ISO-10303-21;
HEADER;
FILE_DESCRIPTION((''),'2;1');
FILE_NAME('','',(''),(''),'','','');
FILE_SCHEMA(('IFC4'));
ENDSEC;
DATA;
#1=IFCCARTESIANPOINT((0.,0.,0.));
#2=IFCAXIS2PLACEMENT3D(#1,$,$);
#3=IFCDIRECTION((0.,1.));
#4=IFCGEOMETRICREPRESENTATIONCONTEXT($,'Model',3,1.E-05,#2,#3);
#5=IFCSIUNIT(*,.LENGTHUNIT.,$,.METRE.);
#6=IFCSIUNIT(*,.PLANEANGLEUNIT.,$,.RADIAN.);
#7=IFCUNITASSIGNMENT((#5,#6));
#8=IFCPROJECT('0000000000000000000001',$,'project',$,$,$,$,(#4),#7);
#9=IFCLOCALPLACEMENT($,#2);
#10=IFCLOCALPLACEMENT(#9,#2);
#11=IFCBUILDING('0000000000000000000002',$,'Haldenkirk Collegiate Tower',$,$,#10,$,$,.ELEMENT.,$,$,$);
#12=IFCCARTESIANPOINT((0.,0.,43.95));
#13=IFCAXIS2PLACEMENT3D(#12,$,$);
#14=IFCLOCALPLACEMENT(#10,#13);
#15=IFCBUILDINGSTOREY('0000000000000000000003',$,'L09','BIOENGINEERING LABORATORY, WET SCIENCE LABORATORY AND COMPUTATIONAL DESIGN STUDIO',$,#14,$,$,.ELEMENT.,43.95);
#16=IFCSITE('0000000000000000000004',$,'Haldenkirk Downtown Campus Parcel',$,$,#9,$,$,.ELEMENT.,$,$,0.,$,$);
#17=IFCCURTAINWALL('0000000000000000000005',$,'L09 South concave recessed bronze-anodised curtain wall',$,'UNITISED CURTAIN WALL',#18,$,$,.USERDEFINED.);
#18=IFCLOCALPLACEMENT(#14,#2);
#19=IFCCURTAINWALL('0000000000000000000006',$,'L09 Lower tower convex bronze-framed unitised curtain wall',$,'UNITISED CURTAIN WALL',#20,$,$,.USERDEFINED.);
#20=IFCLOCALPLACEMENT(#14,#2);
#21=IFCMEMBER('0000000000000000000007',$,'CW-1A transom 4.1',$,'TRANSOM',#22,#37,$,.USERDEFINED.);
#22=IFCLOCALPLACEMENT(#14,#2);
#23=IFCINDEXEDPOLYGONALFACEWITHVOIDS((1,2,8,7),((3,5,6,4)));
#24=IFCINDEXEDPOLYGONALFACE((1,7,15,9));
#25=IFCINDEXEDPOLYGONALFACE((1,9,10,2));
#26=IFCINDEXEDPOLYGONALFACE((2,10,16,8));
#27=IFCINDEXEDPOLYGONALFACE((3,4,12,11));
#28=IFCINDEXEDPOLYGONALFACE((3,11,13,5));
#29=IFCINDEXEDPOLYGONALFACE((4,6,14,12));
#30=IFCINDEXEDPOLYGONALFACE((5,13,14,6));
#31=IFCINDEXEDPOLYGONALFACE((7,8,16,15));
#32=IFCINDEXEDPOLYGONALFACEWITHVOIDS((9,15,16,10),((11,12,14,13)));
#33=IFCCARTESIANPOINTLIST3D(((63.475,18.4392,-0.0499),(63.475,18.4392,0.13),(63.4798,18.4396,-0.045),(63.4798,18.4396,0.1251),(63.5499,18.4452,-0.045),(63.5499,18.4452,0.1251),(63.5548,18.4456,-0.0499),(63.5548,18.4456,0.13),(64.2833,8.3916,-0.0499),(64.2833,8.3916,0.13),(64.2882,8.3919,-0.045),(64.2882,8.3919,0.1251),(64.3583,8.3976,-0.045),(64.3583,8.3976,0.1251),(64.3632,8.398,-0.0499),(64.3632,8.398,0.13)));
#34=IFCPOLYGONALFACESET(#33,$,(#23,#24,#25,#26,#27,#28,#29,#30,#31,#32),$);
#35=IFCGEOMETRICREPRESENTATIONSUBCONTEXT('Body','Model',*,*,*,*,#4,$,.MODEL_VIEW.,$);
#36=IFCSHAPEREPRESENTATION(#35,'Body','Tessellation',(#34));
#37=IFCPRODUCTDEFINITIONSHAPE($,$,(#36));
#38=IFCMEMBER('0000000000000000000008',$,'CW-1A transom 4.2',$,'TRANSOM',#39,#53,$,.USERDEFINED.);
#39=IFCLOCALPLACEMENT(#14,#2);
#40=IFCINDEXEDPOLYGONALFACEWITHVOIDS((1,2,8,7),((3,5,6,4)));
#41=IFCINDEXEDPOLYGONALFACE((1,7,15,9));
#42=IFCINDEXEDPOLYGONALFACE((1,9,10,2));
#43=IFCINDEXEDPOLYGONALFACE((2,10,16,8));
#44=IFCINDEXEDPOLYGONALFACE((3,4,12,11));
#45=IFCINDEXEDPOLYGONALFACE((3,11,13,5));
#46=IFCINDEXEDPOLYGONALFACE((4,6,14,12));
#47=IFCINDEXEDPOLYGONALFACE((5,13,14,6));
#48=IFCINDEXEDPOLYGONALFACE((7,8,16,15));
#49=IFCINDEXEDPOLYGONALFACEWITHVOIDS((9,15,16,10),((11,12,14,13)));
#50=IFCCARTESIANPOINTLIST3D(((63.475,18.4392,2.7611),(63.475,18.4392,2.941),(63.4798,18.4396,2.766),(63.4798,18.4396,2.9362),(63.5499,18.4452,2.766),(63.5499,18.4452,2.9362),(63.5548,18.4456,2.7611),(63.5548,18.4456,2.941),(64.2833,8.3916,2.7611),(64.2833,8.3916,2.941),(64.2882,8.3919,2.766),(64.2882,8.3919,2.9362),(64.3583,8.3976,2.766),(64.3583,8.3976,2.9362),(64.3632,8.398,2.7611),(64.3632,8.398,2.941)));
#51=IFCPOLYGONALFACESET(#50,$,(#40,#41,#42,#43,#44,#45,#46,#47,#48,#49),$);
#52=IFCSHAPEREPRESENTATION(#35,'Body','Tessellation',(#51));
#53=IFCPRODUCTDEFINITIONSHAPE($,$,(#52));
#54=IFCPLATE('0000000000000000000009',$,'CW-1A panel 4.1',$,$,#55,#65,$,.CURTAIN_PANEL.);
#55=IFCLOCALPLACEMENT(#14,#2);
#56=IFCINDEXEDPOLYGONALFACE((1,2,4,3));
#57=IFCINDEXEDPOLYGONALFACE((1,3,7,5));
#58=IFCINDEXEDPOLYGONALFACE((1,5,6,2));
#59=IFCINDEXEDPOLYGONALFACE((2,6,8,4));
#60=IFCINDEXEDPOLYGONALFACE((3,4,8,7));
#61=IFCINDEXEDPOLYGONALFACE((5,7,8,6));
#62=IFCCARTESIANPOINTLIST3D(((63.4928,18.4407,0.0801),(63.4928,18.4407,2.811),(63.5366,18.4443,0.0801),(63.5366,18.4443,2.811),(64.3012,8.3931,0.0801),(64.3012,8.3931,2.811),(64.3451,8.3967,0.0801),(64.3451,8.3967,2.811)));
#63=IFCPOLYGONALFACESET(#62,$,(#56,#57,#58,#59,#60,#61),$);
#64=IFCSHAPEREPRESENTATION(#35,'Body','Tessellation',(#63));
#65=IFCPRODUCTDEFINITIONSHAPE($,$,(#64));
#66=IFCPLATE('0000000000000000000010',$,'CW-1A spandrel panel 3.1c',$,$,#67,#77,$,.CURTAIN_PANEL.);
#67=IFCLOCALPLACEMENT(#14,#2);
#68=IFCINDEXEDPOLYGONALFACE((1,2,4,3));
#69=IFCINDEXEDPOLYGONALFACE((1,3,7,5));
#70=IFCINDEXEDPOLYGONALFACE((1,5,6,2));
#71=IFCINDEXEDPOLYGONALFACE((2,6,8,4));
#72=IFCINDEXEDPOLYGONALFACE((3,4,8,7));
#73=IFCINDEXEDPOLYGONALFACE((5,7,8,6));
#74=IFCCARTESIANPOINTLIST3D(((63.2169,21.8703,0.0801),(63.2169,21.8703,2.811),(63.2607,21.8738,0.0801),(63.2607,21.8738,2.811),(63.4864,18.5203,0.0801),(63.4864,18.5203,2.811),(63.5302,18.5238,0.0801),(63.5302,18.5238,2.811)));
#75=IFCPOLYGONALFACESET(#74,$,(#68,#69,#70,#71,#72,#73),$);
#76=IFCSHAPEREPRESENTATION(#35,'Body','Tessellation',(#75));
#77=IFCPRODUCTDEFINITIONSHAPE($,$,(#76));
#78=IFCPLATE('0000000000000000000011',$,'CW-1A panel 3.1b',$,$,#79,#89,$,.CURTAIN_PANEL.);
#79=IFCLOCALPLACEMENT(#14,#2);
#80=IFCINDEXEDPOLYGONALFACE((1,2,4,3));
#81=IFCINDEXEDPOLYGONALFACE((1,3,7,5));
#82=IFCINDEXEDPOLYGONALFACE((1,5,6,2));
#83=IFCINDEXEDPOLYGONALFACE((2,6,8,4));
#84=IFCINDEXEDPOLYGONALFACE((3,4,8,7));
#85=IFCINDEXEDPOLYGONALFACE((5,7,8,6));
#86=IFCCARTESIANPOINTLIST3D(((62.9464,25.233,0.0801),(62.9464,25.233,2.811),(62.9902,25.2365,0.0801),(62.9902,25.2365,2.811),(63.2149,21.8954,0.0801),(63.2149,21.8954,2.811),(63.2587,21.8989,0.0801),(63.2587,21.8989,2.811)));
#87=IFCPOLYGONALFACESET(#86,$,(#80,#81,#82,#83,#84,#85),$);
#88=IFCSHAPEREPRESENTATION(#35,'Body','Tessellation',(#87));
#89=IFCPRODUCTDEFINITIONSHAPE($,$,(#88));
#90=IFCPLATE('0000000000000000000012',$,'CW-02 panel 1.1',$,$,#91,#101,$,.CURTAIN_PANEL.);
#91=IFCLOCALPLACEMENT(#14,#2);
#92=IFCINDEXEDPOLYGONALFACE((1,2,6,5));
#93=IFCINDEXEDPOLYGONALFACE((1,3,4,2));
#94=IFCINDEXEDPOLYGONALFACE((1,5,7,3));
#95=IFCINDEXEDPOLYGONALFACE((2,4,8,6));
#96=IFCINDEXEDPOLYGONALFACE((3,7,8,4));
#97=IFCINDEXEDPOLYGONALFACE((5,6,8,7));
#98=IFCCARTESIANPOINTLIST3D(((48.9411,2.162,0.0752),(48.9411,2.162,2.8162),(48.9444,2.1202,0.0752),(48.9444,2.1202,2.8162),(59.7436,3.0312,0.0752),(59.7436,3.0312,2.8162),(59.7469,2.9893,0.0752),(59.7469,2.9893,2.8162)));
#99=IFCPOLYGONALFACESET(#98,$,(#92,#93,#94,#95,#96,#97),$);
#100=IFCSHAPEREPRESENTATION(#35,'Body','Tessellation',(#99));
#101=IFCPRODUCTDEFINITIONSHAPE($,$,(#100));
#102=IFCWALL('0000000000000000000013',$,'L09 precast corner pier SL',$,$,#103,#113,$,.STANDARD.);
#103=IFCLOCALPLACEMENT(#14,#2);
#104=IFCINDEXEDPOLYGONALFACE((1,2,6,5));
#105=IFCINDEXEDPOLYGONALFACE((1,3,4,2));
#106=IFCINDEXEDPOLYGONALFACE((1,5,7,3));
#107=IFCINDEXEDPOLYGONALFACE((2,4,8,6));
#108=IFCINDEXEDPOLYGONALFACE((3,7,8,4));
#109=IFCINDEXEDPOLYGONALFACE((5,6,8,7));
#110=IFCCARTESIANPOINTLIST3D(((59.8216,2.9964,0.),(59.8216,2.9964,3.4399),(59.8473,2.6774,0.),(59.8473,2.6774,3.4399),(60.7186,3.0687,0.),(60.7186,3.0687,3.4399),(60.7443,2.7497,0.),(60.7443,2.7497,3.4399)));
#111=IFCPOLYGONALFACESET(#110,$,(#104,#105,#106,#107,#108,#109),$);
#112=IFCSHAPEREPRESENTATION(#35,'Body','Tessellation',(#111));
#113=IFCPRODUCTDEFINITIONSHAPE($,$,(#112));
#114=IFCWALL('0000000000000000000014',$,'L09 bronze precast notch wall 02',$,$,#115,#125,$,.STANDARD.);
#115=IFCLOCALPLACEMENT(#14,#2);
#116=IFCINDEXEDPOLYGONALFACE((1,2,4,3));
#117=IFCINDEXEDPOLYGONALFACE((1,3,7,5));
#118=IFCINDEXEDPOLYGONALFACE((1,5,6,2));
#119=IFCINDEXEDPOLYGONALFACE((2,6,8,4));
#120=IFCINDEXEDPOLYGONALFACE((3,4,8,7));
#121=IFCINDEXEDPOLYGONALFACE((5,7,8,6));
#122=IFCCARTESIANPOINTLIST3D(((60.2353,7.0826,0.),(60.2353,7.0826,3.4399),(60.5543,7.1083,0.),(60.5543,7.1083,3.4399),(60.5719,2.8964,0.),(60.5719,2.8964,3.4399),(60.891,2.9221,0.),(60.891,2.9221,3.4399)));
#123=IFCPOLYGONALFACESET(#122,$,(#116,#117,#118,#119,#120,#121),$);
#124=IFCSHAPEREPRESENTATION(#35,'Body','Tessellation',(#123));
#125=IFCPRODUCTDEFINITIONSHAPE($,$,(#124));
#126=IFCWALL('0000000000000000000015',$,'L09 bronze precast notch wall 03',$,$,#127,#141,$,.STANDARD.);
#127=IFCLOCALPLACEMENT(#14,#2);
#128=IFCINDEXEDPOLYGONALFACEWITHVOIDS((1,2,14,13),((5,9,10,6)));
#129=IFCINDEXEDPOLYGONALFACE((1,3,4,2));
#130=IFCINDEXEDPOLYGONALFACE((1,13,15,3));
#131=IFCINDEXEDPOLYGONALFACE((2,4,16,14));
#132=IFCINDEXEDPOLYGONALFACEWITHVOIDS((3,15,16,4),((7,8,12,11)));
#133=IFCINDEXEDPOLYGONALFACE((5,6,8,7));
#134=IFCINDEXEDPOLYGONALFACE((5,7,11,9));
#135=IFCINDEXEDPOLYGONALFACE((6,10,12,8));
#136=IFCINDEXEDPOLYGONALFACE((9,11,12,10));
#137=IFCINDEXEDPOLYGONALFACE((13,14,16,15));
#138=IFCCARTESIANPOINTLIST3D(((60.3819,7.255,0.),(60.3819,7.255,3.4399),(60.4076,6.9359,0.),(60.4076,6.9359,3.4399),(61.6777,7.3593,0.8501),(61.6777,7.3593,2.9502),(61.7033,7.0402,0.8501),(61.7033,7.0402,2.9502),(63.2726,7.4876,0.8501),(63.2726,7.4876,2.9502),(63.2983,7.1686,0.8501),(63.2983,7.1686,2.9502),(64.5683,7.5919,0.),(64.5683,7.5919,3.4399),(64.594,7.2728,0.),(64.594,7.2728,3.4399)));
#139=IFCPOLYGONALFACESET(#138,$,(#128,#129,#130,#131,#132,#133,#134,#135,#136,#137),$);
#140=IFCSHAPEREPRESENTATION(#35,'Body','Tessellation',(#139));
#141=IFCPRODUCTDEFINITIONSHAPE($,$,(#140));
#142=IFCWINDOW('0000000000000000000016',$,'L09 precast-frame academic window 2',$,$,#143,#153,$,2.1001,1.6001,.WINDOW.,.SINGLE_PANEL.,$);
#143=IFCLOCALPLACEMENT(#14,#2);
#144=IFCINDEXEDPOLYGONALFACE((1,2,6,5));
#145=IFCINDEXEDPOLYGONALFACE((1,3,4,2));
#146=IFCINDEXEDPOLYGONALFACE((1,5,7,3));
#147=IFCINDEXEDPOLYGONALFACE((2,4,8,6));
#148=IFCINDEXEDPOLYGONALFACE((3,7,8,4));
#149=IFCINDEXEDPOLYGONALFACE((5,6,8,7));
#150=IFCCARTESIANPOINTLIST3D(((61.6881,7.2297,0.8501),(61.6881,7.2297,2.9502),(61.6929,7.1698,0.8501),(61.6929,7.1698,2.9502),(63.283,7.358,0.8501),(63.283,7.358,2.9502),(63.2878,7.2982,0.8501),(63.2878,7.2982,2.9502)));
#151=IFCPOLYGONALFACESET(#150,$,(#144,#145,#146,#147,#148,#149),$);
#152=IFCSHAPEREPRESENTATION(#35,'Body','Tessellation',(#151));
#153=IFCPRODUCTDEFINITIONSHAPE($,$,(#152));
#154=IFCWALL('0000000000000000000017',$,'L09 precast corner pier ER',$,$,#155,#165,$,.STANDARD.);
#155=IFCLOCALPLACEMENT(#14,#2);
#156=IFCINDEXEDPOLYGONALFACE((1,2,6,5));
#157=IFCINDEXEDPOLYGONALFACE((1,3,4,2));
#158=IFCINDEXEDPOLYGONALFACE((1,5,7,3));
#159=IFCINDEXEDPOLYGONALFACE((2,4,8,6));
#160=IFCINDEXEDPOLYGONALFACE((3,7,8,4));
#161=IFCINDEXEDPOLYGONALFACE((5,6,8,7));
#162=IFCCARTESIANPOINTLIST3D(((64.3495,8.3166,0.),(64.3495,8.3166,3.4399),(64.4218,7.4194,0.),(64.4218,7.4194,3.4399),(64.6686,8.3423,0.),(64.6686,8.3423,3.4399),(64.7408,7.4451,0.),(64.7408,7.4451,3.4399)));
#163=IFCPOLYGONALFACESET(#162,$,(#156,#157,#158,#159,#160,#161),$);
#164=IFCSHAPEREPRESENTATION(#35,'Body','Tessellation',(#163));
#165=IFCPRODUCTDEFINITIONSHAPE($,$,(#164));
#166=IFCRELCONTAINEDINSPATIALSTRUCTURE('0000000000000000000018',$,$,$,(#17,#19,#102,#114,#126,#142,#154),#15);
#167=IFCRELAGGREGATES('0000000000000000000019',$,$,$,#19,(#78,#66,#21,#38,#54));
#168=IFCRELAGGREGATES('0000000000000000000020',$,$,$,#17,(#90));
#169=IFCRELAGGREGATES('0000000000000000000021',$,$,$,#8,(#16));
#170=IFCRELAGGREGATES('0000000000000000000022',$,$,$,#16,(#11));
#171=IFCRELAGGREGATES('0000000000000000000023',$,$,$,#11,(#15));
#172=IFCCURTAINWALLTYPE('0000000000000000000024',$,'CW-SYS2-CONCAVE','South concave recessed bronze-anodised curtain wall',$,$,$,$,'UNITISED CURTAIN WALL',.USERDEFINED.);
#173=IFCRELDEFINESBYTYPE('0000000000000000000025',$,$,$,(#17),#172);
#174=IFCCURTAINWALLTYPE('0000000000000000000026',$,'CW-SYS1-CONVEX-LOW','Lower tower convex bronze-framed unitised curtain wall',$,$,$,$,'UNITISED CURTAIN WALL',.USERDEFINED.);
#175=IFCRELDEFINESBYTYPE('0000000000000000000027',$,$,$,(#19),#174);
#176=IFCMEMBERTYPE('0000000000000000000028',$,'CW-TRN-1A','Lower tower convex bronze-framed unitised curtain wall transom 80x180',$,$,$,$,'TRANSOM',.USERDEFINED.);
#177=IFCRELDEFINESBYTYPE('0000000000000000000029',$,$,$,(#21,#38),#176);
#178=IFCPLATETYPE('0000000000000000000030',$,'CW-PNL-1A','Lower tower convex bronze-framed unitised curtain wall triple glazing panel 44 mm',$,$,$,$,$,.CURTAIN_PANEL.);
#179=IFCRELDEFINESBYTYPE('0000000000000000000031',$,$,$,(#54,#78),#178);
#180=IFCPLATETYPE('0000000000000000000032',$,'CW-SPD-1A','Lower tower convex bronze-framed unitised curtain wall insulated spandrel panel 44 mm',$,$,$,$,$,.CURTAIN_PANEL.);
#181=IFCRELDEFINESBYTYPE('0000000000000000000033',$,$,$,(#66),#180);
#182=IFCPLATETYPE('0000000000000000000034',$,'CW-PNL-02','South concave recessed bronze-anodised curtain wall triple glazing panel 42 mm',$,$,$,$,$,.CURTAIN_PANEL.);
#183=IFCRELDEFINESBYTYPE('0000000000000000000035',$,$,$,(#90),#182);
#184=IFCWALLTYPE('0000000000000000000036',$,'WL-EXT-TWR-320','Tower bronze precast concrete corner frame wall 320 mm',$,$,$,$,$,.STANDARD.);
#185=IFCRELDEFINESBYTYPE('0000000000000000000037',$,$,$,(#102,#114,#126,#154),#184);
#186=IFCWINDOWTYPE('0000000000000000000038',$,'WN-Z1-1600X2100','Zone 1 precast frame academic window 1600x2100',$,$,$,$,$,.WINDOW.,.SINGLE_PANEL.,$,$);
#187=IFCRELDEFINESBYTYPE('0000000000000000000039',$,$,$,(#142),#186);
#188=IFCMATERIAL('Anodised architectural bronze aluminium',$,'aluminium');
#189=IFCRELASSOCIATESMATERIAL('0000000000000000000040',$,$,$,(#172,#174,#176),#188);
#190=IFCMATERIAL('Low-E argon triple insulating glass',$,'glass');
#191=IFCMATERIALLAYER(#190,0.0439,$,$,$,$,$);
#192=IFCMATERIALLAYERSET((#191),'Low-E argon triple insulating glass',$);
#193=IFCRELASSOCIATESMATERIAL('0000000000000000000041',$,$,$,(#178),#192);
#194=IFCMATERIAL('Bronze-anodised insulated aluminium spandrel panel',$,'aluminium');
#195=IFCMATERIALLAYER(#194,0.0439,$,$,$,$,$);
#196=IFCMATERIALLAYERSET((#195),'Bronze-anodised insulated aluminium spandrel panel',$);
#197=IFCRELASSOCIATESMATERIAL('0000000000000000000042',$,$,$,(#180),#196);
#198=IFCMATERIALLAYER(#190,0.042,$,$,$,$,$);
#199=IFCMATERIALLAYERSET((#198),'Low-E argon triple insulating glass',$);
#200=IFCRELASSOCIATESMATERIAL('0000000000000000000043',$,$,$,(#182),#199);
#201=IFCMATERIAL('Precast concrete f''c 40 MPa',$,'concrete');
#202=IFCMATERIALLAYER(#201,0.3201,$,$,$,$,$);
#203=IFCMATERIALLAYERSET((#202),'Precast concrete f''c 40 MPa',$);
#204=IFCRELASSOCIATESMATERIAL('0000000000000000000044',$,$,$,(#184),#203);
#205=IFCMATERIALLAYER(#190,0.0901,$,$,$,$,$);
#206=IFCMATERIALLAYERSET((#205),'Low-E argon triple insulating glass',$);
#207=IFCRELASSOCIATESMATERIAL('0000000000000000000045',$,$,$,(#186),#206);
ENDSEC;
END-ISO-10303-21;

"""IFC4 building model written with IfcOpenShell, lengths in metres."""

from ifc_helpers import new_model, si_unit, direction, frame, frame_2d, origin, origin_2d, place, context, subcontext, project, spatial, rectangle, hollow_rectangle, extrude, source, transform, mapped, material, layer, layer_set, material_profile, profile_set, type_object, element, fill, aggregate, save


model = new_model("IFC4")

# Units and contexts
model_context = context("Model", 3, precision=1e-05, world=origin(), true_north=direction((0.0, 1.0)))
body_context = subcontext(model_context, "Body", "Model", "MODEL_VIEW")
ifc_project = project(units=[si_unit("LENGTHUNIT", "METRE"), si_unit("PLANEANGLEUNIT", "RADIAN")], contexts=[model_context])

# Site, building, storey
site_placement = place(None, origin())
site = spatial("IfcSite", under=ifc_project, at=site_placement, Name="Haldenkirk Downtown Campus Parcel", CompositionType="ELEMENT", RefElevation=0.0)
building_placement = place(site_placement, origin())
building = spatial("IfcBuilding", under=site, at=building_placement, Name="Haldenkirk Collegiate Tower", CompositionType="ELEMENT")
storey_placement = place(building_placement, frame((0.0, 0.0, 43.95)))
storey = spatial("IfcBuildingStorey", under=building, at=storey_placement, Name="L09", Description="BIOENGINEERING LABORATORY, WET SCIENCE LABORATORY AND COMPUTATIONAL DESIGN STUDIO", CompositionType="ELEMENT", Elevation=43.95)

# Curtain walls
ifc_material_1 = material(Name="Anodised architectural bronze aluminium", Category="aluminium")
curtain_wall_type_1 = type_object("IfcCurtainWallType", Name="CW-SYS2-CONCAVE", Description="South concave recessed bronze-anodised curtain wall", ElementType="UNITISED CURTAIN WALL", PredefinedType="USERDEFINED", material=ifc_material_1)
curtain_wall_1_placement = place(storey_placement, origin())
curtain_wall_1 = element("IfcCurtainWall", 1, at=curtain_wall_1_placement, inside=storey, type_object=curtain_wall_type_1, Name="L09 South concave recessed bronze-anodised curtain wall", ObjectType="UNITISED CURTAIN WALL", PredefinedType="USERDEFINED")
curtain_wall_type_2 = type_object("IfcCurtainWallType", Name="CW-SYS1-CONVEX-LOW", Description="Lower tower convex bronze-framed unitised curtain wall", ElementType="UNITISED CURTAIN WALL", PredefinedType="USERDEFINED", material=ifc_material_1)
curtain_wall_2_placement = place(storey_placement, origin())
curtain_wall_2 = element("IfcCurtainWall", 2, at=curtain_wall_2_placement, inside=storey, type_object=curtain_wall_type_2, Name="L09 Lower tower convex bronze-framed unitised curtain wall", ObjectType="UNITISED CURTAIN WALL", PredefinedType="USERDEFINED")

# Members
ifc_material_profile_1 = material_profile(ifc_material_1, hollow_rectangle(XDim=0.0801, YDim=0.1799, WallThickness=0.0049, at=origin_2d()), Name="CW-TRN-1A")
ifc_profile_set_1 = profile_set([ifc_material_profile_1], Name="Anodised architectural bronze aluminium")
member_type_1 = type_object("IfcMemberType", Name="CW-TRN-1A", Description="Lower tower convex bronze-framed unitised curtain wall transom 80x180", ElementType="TRANSOM", PredefinedType="USERDEFINED", material=ifc_profile_set_1)
member_1_placement = place(storey_placement, frame((63.5149, 18.4424, 0.04), z_axis=(0.080193, -0.996779, 0.0), x_axis=(0.996779, 0.080193, 0.0)))
member_1 = element("IfcMember", 3, at=member_1_placement, type_object=member_type_1, Name="CW-1A transom 4.1", ObjectType="TRANSOM", PredefinedType="USERDEFINED", context=body_context, shape_type="SweptSolid", body=[
    extrude(hollow_rectangle(XDim=0.0801, YDim=0.1799, WallThickness=0.0049, at=origin_2d()), origin(), (0.0, 0.0, 1.0), 10.0801),
])
member_2_placement = place(storey_placement, frame((63.5149, 18.4424, 2.8511), z_axis=(0.080193, -0.996779, 0.0), x_axis=(0.996779, 0.080193, 0.0)))
member_2 = element("IfcMember", 4, at=member_2_placement, type_object=member_type_1, Name="CW-1A transom 4.2", ObjectType="TRANSOM", PredefinedType="USERDEFINED", context=body_context, shape_type="SweptSolid", body=[
    extrude(hollow_rectangle(XDim=0.0801, YDim=0.1799, WallThickness=0.0049, at=origin_2d()), origin(), (0.0, 0.0, 1.0), 10.0801),
])

# Plates
ifc_material_2 = material(Name="Low-E argon triple insulating glass", Category="glass")
ifc_layer_1 = layer(ifc_material_2, 0.0439)
ifc_layer_set_1 = layer_set([ifc_layer_1], Name="Low-E argon triple insulating glass")
plate_type_1 = type_object("IfcPlateType", Name="CW-PNL-1A", Description="Lower tower convex bronze-framed unitised curtain wall triple glazing panel 44 mm", PredefinedType="CURTAIN_PANEL", material=ifc_layer_set_1)
shared_shape_1 = source(origin(), body_context, "Body", "SweptSolid", [
    extrude(rectangle(XDim=10.0801, YDim=0.0439, at=origin_2d()), origin(), (0.0, 0.0, 1.0), 2.731),
])
plate_1_placement = place(storey_placement, frame((63.9189, 13.4187, 0.0801), z_axis=(0.0, 0.0, 1.0), x_axis=(0.080198, -0.996779, 0.0)))
plate_1 = element("IfcPlate", 5, at=plate_1_placement, type_object=plate_type_1, Name="CW-1A panel 4.1", PredefinedType="CURTAIN_PANEL", context=body_context, shape_type="MappedRepresentation", body=[
    mapped(shared_shape_1, transform((0.0, 0.0, 0.0), x_axis=(1.0, 0.0, 0.0), y_axis=(0.0, 1.0, 0.0), z_axis=(0.0, 0.0, 1.0), scale=1.0)),
])
ifc_material_3 = material(Name="Bronze-anodised insulated aluminium spandrel panel", Category="aluminium")
ifc_layer_2 = layer(ifc_material_3, 0.0439)
ifc_layer_set_2 = layer_set([ifc_layer_2], Name="Bronze-anodised insulated aluminium spandrel panel")
plate_type_2 = type_object("IfcPlateType", Name="CW-SPD-1A", Description="Lower tower convex bronze-framed unitised curtain wall insulated spandrel panel 44 mm", PredefinedType="CURTAIN_PANEL", material=ifc_layer_set_2)
shared_shape_2 = source(origin(), body_context, "Body", "SweptSolid", [
    extrude(rectangle(XDim=3.3608, YDim=0.0439, at=origin_2d()), origin(), (0.0, 0.0, 1.0), 2.731),
])
plate_2_placement = place(storey_placement, frame((63.3735, 20.197, 0.0801), z_axis=(0.0, 0.0, 1.0), x_axis=(0.080198, -0.996779, 0.0)))
plate_2 = element("IfcPlate", 6, at=plate_2_placement, type_object=plate_type_2, Name="CW-1A spandrel panel 3.1c", PredefinedType="CURTAIN_PANEL", context=body_context, shape_type="MappedRepresentation", body=[
    mapped(shared_shape_2, transform((0.0, 0.0, 0.0), x_axis=(1.0, 0.0, 0.0), y_axis=(0.0, 1.0, 0.0), z_axis=(0.0, 0.0, 1.0), scale=1.0)),
])
shared_shape_3 = source(origin(), body_context, "Body", "SweptSolid", [
    extrude(rectangle(XDim=3.3484, YDim=0.0439, at=origin_2d()), origin(), (0.0, 0.0, 1.0), 2.731),
])
plate_3_placement = place(storey_placement, frame((63.1025, 23.5659, 0.0801), z_axis=(0.0, 0.0, 1.0), x_axis=(0.080198, -0.996779, 0.0)))
plate_3 = element("IfcPlate", 7, at=plate_3_placement, type_object=plate_type_1, Name="CW-1A panel 3.1b", PredefinedType="CURTAIN_PANEL", context=body_context, shape_type="MappedRepresentation", body=[
    mapped(shared_shape_3, transform((0.0, 0.0, 0.0), x_axis=(1.0, 0.0, 0.0), y_axis=(0.0, 1.0, 0.0), z_axis=(0.0, 0.0, 1.0), scale=1.0)),
])
aggregate(curtain_wall_2, [plate_3, plate_2, member_1, member_2, plate_1])
ifc_layer_3 = layer(ifc_material_2, 0.042)
ifc_layer_set_3 = layer_set([ifc_layer_3], Name="Low-E argon triple insulating glass")
plate_type_3 = type_object("IfcPlateType", Name="CW-PNL-02", Description="South concave recessed bronze-anodised curtain wall triple glazing panel 42 mm", PredefinedType="CURTAIN_PANEL", material=ifc_layer_set_3)
shared_shape_4 = source(origin(), body_context, "Body", "SweptSolid", [
    extrude(rectangle(XDim=10.8374, YDim=0.042, at=origin_2d()), origin(), (0.0, 0.0, 1.0), 2.741),
])
plate_4_placement = place(storey_placement, frame((54.344, 2.5757, 0.0752), z_axis=(0.0, 0.0, 1.0), x_axis=(-0.996779, -0.080199, 0.0)))
plate_4 = element("IfcPlate", 8, at=plate_4_placement, type_object=plate_type_3, Name="CW-02 panel 1.1", PredefinedType="CURTAIN_PANEL", context=body_context, shape_type="MappedRepresentation", body=[
    mapped(shared_shape_4, transform((0.0, 0.0, 0.0), x_axis=(1.0, 0.0, 0.0), y_axis=(0.0, 1.0, 0.0), z_axis=(0.0, 0.0, 1.0), scale=1.0)),
])
aggregate(curtain_wall_1, [plate_4])

# Walls
ifc_material_4 = material(Name="Precast concrete f'c 40 MPa", Category="concrete")
ifc_layer_4 = layer(ifc_material_4, 0.3201)
ifc_layer_set_4 = layer_set([ifc_layer_4], Name="Precast concrete f'c 40 MPa")
wall_type_1 = type_object("IfcWallType", Name="WL-EXT-TWR-320", Description="Tower bronze precast concrete corner frame wall 320 mm", PredefinedType="STANDARD", material=ifc_layer_set_4)
wall_1_placement = place(storey_placement, frame((60.7314, 2.9092, 0.0), z_axis=(0.0, 0.0, 1.0), x_axis=(-0.99677, -0.080306, 0.0)))
element("IfcWall", 9, at=wall_1_placement, inside=storey, type_object=wall_type_1, Name="L09 precast corner pier SL", PredefinedType="STANDARD", context=body_context, shape_type="SweptSolid", body=[
    extrude(rectangle(XDim=0.8999, YDim=0.3201, at=frame_2d((0.45, 0.0))), origin(), (0.0, 0.0, 1.0), 3.4399),
])
wall_2_placement = place(storey_placement, frame((60.3948, 7.0955, 0.0), z_axis=(0.0, 0.0, 1.0), x_axis=(0.080163, -0.996782, 0.0)))
element("IfcWall", 10, at=wall_2_placement, inside=storey, type_object=wall_type_1, Name="L09 bronze precast notch wall 02", PredefinedType="STANDARD", context=body_context, shape_type="SweptSolid", body=[
    extrude(rectangle(XDim=4.1997, YDim=0.3201, at=frame_2d((2.0999, 0.0))), origin(), (0.0, 0.0, 1.0), 3.4399),
])

# Wall, opening, window
wall_3_placement = place(storey_placement, frame((64.5813, 7.4324, 0.0), z_axis=(0.0, 0.0, 1.0), x_axis=(-0.996777, -0.080217, 0.0)))
wall_3 = element("IfcWall", 11, at=wall_3_placement, inside=storey, type_object=wall_type_1, Name="L09 bronze precast notch wall 03", PredefinedType="STANDARD", context=body_context, shape_type="SweptSolid", body=[
    extrude(rectangle(XDim=4.2, YDim=0.3201, at=frame_2d((2.1001, 0.0))), origin(), (0.0, 0.0, 1.0), 3.4399),
])
opening_1_placement = place(wall_3_placement, frame((1.3, 0.0, 0.8501)))
opening_1 = element("IfcOpeningElement", 12, at=opening_1_placement, cuts=wall_3, PredefinedType="OPENING", context=body_context, shape_type="SweptSolid", body=[
    extrude(rectangle(XDim=1.6001, YDim=2.1001, at=frame_2d((0.8, 1.05))), frame((0.0, 0.1699, 0.0), z_axis=(0.0, -1.0, 0.0), x_axis=(1.0, 0.0, 0.0)), (0.0, 0.0, 1.0), 0.3401),
])
ifc_layer_5 = layer(ifc_material_2, 0.0901)
ifc_layer_set_5 = layer_set([ifc_layer_5], Name="Low-E argon triple insulating glass")
window_type = type_object("IfcWindowType", Name="WN-Z1-1600X2100", Description="Zone 1 precast frame academic window 1600x2100", PartitioningType="SINGLE_PANEL", PredefinedType="WINDOW", material=ifc_layer_set_5)
window_placement = place(opening_1_placement, origin())
window = element("IfcWindow", 13, at=window_placement, inside=storey, type_object=window_type, Name="L09 precast-frame academic window 2", OverallHeight=2.1001, OverallWidth=1.6001, PartitioningType="SINGLE_PANEL", PredefinedType="WINDOW", context=body_context, shape_type="SweptSolid", body=[
    extrude(rectangle(XDim=1.6001, YDim=2.1001, at=frame_2d((0.8, 1.05))), frame((0.0, 0.03, 0.0), z_axis=(0.0, -1.0, 0.0), x_axis=(1.0, 0.0, 0.0)), (0.0, 0.0, 1.0), 0.0601),
])
fill(opening_1, window)

# Wall
wall_4_placement = place(storey_placement, frame((64.509, 8.3296, 0.0), z_axis=(0.0, 0.0, 1.0), x_axis=(0.080284, -0.996772, 0.0)))
element("IfcWall", 14, at=wall_4_placement, inside=storey, type_object=wall_type_1, Name="L09 precast corner pier ER", PredefinedType="STANDARD", context=body_context, shape_type="SweptSolid", body=[
    extrude(rectangle(XDim=0.9001, YDim=0.3201, at=frame_2d((0.4502, 0.0))), origin(), (0.0, 0.0, 1.0), 3.4399),
])

save(model, "model.ifc")
